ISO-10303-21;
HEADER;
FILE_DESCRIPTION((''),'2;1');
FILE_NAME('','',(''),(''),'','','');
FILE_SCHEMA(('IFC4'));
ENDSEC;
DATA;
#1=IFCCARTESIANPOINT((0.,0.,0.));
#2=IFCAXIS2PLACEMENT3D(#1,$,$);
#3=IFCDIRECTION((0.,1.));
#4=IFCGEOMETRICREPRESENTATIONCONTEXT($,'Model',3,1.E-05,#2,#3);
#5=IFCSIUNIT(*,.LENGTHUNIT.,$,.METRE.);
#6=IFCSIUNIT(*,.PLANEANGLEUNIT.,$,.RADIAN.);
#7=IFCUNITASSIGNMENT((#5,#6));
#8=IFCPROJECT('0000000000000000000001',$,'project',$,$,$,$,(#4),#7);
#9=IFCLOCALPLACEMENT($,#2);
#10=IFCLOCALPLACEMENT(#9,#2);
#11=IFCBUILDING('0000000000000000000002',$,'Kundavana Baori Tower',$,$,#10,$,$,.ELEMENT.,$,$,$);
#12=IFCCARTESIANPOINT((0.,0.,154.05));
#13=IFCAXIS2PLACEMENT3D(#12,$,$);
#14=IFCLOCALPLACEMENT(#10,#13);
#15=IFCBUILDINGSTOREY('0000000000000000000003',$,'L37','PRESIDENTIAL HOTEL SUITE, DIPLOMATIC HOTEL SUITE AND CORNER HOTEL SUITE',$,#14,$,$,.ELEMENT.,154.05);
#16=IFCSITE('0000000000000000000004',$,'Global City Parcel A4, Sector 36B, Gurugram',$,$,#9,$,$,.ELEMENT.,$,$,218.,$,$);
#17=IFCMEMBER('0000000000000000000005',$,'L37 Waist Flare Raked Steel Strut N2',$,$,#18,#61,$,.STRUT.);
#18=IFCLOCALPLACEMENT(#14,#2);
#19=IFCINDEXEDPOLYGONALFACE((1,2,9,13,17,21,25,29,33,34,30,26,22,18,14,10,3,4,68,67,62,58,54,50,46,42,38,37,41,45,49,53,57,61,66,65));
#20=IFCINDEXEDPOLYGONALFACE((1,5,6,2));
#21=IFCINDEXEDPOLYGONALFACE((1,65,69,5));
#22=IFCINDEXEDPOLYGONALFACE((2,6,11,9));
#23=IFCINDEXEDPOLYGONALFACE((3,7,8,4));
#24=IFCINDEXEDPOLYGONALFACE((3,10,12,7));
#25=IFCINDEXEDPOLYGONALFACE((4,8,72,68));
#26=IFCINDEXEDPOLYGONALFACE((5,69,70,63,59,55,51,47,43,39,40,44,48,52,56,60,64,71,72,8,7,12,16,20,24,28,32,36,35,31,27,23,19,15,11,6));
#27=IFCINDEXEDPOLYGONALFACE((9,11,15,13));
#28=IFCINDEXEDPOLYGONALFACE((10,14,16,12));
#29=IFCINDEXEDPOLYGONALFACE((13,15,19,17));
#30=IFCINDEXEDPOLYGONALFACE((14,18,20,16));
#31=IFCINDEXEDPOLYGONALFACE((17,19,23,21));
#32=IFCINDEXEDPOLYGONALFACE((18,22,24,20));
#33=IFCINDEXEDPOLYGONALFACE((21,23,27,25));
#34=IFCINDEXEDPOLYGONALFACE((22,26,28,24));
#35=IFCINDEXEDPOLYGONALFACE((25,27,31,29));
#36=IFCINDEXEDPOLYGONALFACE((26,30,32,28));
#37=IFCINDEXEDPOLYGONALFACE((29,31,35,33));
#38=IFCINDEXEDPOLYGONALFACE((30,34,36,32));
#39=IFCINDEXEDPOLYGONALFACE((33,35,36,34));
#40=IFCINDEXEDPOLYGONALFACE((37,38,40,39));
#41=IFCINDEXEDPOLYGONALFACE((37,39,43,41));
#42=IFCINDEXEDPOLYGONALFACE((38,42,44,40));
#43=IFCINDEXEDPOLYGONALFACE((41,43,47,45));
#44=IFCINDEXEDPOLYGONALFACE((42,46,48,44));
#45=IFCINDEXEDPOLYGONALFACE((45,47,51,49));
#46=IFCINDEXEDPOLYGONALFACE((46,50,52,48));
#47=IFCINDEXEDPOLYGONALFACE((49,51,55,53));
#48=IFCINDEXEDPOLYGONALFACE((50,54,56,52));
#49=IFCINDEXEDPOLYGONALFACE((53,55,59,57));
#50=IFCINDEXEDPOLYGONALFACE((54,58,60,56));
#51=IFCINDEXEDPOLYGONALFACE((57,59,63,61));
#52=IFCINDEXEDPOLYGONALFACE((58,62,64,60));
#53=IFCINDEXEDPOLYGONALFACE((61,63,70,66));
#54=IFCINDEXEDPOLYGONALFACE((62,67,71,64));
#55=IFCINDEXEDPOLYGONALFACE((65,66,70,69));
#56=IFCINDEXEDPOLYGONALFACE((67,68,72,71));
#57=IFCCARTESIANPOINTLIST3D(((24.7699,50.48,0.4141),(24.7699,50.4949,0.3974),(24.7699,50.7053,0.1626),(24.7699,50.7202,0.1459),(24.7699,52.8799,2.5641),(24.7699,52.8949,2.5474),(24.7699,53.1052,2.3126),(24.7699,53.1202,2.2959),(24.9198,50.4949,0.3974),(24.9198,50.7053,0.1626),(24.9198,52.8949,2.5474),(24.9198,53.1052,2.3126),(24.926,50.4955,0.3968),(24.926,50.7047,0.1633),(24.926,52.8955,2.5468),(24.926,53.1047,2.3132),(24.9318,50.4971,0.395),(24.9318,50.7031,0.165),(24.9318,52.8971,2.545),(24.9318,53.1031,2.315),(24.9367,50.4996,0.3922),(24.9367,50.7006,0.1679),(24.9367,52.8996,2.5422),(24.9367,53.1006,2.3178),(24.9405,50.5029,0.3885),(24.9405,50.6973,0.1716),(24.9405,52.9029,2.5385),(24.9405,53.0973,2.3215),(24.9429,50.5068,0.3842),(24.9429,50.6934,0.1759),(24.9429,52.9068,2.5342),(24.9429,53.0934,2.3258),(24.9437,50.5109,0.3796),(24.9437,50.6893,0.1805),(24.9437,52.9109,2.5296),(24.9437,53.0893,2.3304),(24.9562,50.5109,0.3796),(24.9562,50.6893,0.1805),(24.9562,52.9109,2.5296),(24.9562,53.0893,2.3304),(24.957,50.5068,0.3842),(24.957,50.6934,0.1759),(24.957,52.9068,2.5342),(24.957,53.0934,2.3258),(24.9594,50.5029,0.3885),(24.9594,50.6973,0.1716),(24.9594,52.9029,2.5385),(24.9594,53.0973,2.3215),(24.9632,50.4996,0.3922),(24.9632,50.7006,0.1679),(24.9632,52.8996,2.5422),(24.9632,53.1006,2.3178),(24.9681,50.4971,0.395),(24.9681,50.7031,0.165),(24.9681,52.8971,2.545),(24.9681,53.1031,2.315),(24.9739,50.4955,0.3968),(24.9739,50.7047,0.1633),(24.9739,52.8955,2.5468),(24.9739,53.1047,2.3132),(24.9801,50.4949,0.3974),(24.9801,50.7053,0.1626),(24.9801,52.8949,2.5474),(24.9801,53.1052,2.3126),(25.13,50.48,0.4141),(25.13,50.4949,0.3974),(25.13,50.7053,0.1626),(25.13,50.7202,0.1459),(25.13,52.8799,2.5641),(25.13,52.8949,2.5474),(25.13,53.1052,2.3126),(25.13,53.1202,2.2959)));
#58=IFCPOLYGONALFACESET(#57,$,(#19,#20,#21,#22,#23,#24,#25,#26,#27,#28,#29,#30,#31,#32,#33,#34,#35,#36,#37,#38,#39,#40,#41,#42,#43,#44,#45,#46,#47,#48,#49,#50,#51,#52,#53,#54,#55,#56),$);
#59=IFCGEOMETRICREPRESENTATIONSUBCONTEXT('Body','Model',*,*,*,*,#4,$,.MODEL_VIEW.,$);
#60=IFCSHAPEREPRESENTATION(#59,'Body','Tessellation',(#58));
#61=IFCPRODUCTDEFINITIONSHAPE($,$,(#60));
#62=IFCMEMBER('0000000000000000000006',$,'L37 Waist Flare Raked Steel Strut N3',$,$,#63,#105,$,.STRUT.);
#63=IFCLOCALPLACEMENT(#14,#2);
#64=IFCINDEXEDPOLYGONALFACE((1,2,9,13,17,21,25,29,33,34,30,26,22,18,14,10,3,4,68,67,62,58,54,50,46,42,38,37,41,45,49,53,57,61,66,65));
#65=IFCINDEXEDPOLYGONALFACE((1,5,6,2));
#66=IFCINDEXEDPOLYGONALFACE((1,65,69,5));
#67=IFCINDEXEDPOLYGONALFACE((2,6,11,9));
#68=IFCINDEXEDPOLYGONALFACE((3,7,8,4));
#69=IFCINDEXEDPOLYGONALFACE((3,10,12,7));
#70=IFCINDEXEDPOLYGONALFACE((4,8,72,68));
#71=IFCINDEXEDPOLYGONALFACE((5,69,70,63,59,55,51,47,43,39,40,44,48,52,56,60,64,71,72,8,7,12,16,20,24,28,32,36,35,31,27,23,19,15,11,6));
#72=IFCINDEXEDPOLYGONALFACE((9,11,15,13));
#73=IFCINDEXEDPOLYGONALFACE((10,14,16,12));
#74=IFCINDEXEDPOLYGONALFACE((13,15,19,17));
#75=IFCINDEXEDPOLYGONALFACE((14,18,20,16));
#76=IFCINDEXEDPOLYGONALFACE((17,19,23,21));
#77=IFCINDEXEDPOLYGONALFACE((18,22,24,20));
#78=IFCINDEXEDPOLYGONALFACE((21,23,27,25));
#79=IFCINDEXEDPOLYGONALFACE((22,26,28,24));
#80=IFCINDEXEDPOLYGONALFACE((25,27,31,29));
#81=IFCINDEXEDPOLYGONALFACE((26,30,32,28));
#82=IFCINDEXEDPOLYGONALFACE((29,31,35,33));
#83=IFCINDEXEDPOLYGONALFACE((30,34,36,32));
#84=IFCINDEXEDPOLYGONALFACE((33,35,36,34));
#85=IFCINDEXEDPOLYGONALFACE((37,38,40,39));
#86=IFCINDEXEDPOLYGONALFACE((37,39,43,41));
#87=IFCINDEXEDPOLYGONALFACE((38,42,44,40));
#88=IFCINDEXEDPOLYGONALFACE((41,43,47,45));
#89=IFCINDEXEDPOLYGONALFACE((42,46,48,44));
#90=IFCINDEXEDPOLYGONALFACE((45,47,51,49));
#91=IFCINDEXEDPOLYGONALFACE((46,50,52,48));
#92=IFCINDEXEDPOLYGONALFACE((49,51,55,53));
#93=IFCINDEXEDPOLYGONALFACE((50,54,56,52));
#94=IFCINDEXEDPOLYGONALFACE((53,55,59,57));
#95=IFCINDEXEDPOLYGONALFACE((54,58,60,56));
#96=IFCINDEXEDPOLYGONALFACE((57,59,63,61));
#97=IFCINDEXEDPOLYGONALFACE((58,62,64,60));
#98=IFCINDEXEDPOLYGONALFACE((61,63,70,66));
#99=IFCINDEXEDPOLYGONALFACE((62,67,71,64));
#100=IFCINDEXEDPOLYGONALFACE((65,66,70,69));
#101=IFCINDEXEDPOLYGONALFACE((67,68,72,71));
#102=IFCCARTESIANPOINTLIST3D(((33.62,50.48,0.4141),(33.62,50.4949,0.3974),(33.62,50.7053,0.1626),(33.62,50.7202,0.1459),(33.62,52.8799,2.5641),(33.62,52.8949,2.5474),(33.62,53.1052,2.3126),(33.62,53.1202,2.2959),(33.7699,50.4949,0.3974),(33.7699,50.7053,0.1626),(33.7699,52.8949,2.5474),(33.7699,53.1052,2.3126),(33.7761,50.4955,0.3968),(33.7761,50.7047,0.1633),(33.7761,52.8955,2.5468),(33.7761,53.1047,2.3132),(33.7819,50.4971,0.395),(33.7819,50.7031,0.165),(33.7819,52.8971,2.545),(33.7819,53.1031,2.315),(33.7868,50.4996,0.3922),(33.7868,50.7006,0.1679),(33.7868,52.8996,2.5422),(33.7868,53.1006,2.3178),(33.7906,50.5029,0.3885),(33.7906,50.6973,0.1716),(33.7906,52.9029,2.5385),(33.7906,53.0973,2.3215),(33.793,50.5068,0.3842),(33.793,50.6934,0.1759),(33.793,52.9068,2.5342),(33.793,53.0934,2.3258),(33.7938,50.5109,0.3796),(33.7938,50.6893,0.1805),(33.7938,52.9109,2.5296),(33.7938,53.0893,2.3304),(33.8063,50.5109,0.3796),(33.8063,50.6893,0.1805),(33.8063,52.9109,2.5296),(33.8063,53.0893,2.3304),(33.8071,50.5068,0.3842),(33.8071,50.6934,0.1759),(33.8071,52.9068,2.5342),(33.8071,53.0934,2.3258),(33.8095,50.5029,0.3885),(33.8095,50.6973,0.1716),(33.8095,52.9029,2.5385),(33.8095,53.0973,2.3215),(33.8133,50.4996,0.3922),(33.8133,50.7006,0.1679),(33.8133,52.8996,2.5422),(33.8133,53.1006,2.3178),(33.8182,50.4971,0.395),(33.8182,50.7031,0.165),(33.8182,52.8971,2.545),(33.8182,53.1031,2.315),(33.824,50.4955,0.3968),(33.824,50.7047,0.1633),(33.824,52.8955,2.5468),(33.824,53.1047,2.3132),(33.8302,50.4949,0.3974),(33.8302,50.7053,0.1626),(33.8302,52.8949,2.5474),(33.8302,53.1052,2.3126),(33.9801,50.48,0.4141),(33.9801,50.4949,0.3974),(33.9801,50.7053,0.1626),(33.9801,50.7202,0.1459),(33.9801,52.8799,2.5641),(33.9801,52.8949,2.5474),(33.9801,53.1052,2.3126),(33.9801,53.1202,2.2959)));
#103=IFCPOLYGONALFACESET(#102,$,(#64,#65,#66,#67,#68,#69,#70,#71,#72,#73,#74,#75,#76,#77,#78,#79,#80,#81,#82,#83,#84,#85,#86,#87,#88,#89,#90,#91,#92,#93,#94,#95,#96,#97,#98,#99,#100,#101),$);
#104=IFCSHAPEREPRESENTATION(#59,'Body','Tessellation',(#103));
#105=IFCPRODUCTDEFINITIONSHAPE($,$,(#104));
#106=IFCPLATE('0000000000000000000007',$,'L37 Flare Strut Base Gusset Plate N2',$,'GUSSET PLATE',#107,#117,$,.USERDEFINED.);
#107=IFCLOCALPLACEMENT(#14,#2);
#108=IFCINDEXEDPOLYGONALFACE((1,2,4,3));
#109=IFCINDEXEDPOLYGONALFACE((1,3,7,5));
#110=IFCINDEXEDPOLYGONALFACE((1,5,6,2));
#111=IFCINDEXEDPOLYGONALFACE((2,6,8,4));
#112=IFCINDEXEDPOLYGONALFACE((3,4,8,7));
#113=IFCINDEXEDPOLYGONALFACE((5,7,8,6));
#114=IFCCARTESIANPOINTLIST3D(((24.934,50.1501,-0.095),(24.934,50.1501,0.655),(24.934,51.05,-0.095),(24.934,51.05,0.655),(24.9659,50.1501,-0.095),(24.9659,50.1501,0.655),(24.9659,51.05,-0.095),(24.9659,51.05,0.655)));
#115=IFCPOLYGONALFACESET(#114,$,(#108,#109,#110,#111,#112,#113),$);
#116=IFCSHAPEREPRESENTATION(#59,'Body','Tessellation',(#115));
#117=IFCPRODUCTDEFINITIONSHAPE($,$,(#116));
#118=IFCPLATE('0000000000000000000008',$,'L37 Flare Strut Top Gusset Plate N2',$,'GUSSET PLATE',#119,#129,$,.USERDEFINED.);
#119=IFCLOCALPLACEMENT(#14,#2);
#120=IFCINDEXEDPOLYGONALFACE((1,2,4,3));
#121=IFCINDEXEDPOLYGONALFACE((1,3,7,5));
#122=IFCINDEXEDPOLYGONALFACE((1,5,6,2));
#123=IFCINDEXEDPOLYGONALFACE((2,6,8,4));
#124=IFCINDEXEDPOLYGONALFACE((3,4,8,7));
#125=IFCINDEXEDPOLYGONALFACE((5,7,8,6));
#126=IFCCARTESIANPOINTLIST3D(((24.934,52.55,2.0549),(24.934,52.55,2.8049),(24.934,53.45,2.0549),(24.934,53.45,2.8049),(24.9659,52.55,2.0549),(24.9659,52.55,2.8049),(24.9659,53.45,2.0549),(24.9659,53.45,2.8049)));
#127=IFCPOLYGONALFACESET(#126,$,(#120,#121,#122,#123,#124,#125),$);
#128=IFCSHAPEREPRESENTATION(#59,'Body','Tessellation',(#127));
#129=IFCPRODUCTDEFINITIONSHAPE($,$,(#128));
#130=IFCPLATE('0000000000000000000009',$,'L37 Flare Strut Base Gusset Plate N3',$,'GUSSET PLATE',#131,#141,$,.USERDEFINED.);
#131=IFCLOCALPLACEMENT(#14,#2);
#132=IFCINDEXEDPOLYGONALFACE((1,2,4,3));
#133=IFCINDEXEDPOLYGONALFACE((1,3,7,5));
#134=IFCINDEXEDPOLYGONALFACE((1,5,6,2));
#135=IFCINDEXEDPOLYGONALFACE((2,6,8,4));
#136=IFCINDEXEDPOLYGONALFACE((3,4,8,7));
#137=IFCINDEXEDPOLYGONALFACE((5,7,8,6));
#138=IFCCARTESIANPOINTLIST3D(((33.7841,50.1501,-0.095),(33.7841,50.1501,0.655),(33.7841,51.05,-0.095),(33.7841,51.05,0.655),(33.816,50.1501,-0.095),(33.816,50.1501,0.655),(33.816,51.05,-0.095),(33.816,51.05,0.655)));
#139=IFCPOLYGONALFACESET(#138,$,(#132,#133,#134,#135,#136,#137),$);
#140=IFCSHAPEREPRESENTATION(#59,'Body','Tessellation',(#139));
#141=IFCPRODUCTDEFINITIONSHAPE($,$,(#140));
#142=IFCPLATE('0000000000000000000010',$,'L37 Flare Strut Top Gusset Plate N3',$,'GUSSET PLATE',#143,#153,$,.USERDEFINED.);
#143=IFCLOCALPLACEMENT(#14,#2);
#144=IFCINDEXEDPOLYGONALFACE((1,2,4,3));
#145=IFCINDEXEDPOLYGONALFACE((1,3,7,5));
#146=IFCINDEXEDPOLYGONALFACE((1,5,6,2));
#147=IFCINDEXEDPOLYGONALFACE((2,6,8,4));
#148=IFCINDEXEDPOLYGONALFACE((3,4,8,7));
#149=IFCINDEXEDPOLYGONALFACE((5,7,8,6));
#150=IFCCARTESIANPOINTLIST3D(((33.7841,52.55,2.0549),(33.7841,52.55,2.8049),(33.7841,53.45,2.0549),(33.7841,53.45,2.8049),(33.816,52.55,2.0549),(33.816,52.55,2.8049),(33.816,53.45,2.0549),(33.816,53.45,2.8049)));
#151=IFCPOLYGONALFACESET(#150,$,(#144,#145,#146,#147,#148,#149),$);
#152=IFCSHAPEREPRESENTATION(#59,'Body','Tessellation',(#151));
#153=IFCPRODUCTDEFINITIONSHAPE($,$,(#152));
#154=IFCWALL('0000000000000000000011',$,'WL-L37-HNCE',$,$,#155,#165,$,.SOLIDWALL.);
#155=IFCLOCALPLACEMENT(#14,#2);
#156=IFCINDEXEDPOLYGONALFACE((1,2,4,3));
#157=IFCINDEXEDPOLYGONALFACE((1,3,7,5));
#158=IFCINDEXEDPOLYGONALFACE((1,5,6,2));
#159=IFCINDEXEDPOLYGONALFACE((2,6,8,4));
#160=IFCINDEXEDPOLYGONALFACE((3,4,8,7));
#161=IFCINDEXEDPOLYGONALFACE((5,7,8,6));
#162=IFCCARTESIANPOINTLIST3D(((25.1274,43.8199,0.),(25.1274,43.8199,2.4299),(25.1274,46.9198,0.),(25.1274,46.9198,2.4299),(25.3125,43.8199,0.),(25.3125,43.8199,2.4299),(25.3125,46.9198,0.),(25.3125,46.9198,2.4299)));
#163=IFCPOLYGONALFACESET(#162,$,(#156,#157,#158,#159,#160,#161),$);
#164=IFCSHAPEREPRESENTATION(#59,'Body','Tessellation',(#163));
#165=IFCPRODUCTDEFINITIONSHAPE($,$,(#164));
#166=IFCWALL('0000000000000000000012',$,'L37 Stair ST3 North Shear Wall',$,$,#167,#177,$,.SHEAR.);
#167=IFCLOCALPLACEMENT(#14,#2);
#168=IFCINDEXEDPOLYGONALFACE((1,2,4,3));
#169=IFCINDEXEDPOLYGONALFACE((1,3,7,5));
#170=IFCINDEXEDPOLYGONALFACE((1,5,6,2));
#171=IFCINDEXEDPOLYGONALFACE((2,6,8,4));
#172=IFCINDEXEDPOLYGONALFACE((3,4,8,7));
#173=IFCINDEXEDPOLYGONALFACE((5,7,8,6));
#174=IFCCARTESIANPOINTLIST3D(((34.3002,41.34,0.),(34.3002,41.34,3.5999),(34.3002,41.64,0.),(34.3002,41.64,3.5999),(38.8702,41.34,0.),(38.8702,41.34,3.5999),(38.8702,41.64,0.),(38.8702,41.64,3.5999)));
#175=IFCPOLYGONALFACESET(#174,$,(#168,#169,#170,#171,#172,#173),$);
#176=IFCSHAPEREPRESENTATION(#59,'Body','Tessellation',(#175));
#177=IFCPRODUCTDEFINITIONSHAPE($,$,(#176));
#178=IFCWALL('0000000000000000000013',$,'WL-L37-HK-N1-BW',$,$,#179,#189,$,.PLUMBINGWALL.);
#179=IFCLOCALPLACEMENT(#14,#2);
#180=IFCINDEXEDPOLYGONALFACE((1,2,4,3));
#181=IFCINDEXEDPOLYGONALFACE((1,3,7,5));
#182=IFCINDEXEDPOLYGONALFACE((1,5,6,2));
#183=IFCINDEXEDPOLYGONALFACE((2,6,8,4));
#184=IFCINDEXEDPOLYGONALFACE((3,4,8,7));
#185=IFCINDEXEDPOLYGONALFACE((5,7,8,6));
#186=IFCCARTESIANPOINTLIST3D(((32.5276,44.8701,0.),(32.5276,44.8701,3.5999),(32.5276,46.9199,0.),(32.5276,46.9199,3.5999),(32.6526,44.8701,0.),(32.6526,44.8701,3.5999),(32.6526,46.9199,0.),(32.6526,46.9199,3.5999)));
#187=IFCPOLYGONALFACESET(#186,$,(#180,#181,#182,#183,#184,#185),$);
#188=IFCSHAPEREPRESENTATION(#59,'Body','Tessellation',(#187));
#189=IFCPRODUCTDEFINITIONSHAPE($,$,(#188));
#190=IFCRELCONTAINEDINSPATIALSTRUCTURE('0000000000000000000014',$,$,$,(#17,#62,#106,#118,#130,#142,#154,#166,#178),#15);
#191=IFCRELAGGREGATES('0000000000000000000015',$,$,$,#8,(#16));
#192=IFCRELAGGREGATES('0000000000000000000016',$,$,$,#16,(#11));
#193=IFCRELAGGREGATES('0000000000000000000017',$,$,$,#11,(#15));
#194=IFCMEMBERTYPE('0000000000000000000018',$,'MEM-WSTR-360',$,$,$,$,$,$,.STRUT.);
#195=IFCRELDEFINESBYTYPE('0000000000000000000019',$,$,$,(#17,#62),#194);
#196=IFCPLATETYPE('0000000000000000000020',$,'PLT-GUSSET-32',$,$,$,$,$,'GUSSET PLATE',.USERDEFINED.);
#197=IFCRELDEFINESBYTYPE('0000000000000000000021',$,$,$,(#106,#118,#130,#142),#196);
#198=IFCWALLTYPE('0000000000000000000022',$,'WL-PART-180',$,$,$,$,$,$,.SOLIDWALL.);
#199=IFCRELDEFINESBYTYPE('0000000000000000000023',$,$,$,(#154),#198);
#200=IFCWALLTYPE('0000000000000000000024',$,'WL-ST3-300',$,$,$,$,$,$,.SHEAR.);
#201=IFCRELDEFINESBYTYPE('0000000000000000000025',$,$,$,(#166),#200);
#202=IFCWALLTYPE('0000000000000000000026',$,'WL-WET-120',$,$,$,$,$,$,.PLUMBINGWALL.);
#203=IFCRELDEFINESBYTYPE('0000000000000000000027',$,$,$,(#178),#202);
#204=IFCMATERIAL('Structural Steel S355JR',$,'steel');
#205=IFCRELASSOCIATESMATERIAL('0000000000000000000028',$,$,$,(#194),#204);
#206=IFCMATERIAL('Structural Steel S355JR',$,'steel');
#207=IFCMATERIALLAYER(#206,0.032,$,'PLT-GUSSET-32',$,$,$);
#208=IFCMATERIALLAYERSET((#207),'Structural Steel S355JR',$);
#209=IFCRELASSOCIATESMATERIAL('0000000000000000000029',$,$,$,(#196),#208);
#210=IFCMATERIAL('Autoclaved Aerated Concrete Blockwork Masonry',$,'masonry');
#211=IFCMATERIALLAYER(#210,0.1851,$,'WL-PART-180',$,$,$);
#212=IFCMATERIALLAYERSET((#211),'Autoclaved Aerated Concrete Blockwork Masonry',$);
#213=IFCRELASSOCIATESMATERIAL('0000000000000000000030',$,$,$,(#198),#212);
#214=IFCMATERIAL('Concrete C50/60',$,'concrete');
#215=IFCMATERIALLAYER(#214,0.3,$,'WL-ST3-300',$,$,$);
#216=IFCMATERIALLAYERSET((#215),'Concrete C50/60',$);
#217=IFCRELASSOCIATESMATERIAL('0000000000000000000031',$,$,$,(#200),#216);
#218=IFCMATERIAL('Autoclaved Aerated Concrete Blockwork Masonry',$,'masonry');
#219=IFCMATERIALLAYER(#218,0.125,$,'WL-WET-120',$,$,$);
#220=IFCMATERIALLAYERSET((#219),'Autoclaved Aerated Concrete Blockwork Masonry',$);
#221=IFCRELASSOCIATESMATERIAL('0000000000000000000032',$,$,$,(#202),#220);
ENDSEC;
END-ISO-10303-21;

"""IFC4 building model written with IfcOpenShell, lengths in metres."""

from ifc_helpers import new_model, si_unit, direction, frame, frame_2d, origin, origin_2d, place, context, subcontext, project, spatial, rectangle, i_section, extrude, material, layer, layer_set, material_profile, profile_set, type_object, element, save


model = new_model("IFC4")

# Units and contexts
model_context = context("Model", 3, precision=1e-05, world=origin(), true_north=direction((0.0, 1.0)))
body_context = subcontext(model_context, "Body", "Model", "MODEL_VIEW")
ifc_project = project(units=[si_unit("LENGTHUNIT", "METRE"), si_unit("PLANEANGLEUNIT", "RADIAN")], contexts=[model_context])

# Site, building, storey
site_placement = place(None, origin())
site = spatial("IfcSite", under=ifc_project, at=site_placement, Name="Global City Parcel A4, Sector 36B, Gurugram", CompositionType="ELEMENT", RefElevation=218.0)
building_placement = place(site_placement, origin())
building = spatial("IfcBuilding", under=site, at=building_placement, Name="Kundavana Baori Tower", CompositionType="ELEMENT")
storey_placement = place(building_placement, frame((0.0, 0.0, 154.05)))
storey = spatial("IfcBuildingStorey", under=building, at=storey_placement, Name="L37", Description="PRESIDENTIAL HOTEL SUITE, DIPLOMATIC HOTEL SUITE AND CORNER HOTEL SUITE", CompositionType="ELEMENT", Elevation=154.05)

# Members
ifc_material_1 = material(Name="Structural Steel S355JR", Category="steel")
ifc_material_profile_1 = material_profile(ifc_material_1, i_section(OverallWidth=0.3601, OverallDepth=0.3601, WebThickness=0.0125, FlangeThickness=0.0225, FilletRadius=0.0239, at=origin_2d()), Name="WPB 360x360x142")
ifc_profile_set_1 = profile_set([ifc_material_profile_1], Name="Structural Steel S355JR")
member_type = type_object("IfcMemberType", Name="MEM-WSTR-360", PredefinedType="STRUT", material=ifc_profile_set_1)
for number, where, z_axis, x_axis, name in (
    (1, (24.95, 50.6001, 0.28), (0.0, 0.744837, 0.667247), (-1.0, 0.0, 0.0), "L37 Waist Flare Raked Steel Strut N2"),
    (2, (33.8, 50.6001, 0.28), (0.0, 0.744837, 0.667247), (-1.0, 0.0, 0.0), "L37 Waist Flare Raked Steel Strut N3"),
):
    element("IfcMember", number, at=place(storey_placement, frame(where, z_axis=z_axis, x_axis=x_axis)), inside=storey, type_object=member_type, Name=name, PredefinedType="STRUT", context=body_context, shape_type="SweptSolid", body=[
        extrude(i_section(OverallWidth=0.3601, OverallDepth=0.3601, WebThickness=0.0125, FlangeThickness=0.0225, FilletRadius=0.0239, at=origin_2d()), origin(), (0.0, 0.0, 1.0), 3.2222),
    ])

# Plates
ifc_material_2 = material(Name="Structural Steel S355JR", Category="steel")
ifc_layer_1 = layer(ifc_material_2, 0.032, Name="PLT-GUSSET-32")
ifc_layer_set_1 = layer_set([ifc_layer_1], Name="Structural Steel S355JR")
plate_type = type_object("IfcPlateType", Name="PLT-GUSSET-32", ElementType="GUSSET PLATE", PredefinedType="USERDEFINED", material=ifc_layer_set_1)
for number, where, z_axis, x_axis, name in (
    (3, (24.95, 50.6001, -0.095), (0.0, 0.0, 1.0), (1.0, 0.0, 0.0), "L37 Flare Strut Base Gusset Plate N2"),
    (4, (24.95, 53.0, 2.0549), (0.0, 0.0, 1.0), (1.0, 0.0, 0.0), "L37 Flare Strut Top Gusset Plate N2"),
    (5, (33.8, 50.6001, -0.095), (0.0, 0.0, 1.0), (1.0, 0.0, 0.0), "L37 Flare Strut Base Gusset Plate N3"),
    (6, (33.8, 53.0, 2.0549), (0.0, 0.0, 1.0), (1.0, 0.0, 0.0), "L37 Flare Strut Top Gusset Plate N3"),
):
    element("IfcPlate", number, at=place(storey_placement, frame(where, z_axis=z_axis, x_axis=x_axis)), inside=storey, type_object=plate_type, Name=name, ObjectType="GUSSET PLATE", PredefinedType="USERDEFINED", context=body_context, shape_type="SweptSolid", body=[
        extrude(rectangle(XDim=0.032, YDim=0.8999, at=origin_2d()), origin(), (0.0, 0.0, 1.0), 0.75),
    ])

# Walls
ifc_material_3 = material(Name="Autoclaved Aerated Concrete Blockwork Masonry", Category="masonry")
ifc_layer_2 = layer(ifc_material_3, 0.1851, Name="WL-PART-180")
ifc_layer_set_2 = layer_set([ifc_layer_2], Name="Autoclaved Aerated Concrete Blockwork Masonry")
wall_type_1 = type_object("IfcWallType", Name="WL-PART-180", PredefinedType="SOLIDWALL", material=ifc_layer_set_2)
wall_1_placement = place(storey_placement, frame((25.22, 43.8201, 0.0), z_axis=(0.0, 0.0, 1.0), x_axis=(0.0, 1.0, 0.0)))
element("IfcWall", 7, at=wall_1_placement, inside=storey, type_object=wall_type_1, Name="WL-L37-HNCE", PredefinedType="SOLIDWALL", context=body_context, shape_type="SweptSolid", body=[
    extrude(rectangle(XDim=3.0999, YDim=0.1851, at=frame_2d((1.5498, 0.0))), origin(), (0.0, 0.0, 1.0), 2.4299),
])
ifc_material_4 = material(Name="Concrete C50/60", Category="concrete")
ifc_layer_3 = layer(ifc_material_4, 0.3, Name="WL-ST3-300")
ifc_layer_set_3 = layer_set([ifc_layer_3], Name="Concrete C50/60")
wall_type_2 = type_object("IfcWallType", Name="WL-ST3-300", PredefinedType="SHEAR", material=ifc_layer_set_3)
wall_2_placement = place(storey_placement, frame((34.3, 41.49, 0.0), z_axis=(0.0, 0.0, 1.0), x_axis=(1.0, 0.0, 0.0)))
element("IfcWall", 8, at=wall_2_placement, inside=storey, type_object=wall_type_2, Name="L37 Stair ST3 North Shear Wall", PredefinedType="SHEAR", context=body_context, shape_type="SweptSolid", body=[
    extrude(rectangle(XDim=4.5701, YDim=0.3, at=frame_2d((2.2852, 0.0))), origin(), (0.0, 0.0, 1.0), 3.5999),
])
ifc_material_5 = material(Name="Autoclaved Aerated Concrete Blockwork Masonry", Category="masonry")
ifc_layer_4 = layer(ifc_material_5, 0.125, Name="WL-WET-120")
ifc_layer_set_4 = layer_set([ifc_layer_4], Name="Autoclaved Aerated Concrete Blockwork Masonry")
wall_type_3 = type_object("IfcWallType", Name="WL-WET-120", PredefinedType="PLUMBINGWALL", material=ifc_layer_set_4)
wall_3_placement = place(storey_placement, frame((32.5901, 44.8701, 0.0), z_axis=(0.0, 0.0, 1.0), x_axis=(0.0, 1.0, 0.0)))
element("IfcWall", 9, at=wall_3_placement, inside=storey, type_object=wall_type_3, Name="WL-L37-HK-N1-BW", PredefinedType="PLUMBINGWALL", context=body_context, shape_type="SweptSolid", body=[
    extrude(rectangle(XDim=2.0498, YDim=0.125, at=frame_2d((1.0249, 0.0))), origin(), (0.0, 0.0, 1.0), 3.5999),
])

save(model, "model.ifc")
